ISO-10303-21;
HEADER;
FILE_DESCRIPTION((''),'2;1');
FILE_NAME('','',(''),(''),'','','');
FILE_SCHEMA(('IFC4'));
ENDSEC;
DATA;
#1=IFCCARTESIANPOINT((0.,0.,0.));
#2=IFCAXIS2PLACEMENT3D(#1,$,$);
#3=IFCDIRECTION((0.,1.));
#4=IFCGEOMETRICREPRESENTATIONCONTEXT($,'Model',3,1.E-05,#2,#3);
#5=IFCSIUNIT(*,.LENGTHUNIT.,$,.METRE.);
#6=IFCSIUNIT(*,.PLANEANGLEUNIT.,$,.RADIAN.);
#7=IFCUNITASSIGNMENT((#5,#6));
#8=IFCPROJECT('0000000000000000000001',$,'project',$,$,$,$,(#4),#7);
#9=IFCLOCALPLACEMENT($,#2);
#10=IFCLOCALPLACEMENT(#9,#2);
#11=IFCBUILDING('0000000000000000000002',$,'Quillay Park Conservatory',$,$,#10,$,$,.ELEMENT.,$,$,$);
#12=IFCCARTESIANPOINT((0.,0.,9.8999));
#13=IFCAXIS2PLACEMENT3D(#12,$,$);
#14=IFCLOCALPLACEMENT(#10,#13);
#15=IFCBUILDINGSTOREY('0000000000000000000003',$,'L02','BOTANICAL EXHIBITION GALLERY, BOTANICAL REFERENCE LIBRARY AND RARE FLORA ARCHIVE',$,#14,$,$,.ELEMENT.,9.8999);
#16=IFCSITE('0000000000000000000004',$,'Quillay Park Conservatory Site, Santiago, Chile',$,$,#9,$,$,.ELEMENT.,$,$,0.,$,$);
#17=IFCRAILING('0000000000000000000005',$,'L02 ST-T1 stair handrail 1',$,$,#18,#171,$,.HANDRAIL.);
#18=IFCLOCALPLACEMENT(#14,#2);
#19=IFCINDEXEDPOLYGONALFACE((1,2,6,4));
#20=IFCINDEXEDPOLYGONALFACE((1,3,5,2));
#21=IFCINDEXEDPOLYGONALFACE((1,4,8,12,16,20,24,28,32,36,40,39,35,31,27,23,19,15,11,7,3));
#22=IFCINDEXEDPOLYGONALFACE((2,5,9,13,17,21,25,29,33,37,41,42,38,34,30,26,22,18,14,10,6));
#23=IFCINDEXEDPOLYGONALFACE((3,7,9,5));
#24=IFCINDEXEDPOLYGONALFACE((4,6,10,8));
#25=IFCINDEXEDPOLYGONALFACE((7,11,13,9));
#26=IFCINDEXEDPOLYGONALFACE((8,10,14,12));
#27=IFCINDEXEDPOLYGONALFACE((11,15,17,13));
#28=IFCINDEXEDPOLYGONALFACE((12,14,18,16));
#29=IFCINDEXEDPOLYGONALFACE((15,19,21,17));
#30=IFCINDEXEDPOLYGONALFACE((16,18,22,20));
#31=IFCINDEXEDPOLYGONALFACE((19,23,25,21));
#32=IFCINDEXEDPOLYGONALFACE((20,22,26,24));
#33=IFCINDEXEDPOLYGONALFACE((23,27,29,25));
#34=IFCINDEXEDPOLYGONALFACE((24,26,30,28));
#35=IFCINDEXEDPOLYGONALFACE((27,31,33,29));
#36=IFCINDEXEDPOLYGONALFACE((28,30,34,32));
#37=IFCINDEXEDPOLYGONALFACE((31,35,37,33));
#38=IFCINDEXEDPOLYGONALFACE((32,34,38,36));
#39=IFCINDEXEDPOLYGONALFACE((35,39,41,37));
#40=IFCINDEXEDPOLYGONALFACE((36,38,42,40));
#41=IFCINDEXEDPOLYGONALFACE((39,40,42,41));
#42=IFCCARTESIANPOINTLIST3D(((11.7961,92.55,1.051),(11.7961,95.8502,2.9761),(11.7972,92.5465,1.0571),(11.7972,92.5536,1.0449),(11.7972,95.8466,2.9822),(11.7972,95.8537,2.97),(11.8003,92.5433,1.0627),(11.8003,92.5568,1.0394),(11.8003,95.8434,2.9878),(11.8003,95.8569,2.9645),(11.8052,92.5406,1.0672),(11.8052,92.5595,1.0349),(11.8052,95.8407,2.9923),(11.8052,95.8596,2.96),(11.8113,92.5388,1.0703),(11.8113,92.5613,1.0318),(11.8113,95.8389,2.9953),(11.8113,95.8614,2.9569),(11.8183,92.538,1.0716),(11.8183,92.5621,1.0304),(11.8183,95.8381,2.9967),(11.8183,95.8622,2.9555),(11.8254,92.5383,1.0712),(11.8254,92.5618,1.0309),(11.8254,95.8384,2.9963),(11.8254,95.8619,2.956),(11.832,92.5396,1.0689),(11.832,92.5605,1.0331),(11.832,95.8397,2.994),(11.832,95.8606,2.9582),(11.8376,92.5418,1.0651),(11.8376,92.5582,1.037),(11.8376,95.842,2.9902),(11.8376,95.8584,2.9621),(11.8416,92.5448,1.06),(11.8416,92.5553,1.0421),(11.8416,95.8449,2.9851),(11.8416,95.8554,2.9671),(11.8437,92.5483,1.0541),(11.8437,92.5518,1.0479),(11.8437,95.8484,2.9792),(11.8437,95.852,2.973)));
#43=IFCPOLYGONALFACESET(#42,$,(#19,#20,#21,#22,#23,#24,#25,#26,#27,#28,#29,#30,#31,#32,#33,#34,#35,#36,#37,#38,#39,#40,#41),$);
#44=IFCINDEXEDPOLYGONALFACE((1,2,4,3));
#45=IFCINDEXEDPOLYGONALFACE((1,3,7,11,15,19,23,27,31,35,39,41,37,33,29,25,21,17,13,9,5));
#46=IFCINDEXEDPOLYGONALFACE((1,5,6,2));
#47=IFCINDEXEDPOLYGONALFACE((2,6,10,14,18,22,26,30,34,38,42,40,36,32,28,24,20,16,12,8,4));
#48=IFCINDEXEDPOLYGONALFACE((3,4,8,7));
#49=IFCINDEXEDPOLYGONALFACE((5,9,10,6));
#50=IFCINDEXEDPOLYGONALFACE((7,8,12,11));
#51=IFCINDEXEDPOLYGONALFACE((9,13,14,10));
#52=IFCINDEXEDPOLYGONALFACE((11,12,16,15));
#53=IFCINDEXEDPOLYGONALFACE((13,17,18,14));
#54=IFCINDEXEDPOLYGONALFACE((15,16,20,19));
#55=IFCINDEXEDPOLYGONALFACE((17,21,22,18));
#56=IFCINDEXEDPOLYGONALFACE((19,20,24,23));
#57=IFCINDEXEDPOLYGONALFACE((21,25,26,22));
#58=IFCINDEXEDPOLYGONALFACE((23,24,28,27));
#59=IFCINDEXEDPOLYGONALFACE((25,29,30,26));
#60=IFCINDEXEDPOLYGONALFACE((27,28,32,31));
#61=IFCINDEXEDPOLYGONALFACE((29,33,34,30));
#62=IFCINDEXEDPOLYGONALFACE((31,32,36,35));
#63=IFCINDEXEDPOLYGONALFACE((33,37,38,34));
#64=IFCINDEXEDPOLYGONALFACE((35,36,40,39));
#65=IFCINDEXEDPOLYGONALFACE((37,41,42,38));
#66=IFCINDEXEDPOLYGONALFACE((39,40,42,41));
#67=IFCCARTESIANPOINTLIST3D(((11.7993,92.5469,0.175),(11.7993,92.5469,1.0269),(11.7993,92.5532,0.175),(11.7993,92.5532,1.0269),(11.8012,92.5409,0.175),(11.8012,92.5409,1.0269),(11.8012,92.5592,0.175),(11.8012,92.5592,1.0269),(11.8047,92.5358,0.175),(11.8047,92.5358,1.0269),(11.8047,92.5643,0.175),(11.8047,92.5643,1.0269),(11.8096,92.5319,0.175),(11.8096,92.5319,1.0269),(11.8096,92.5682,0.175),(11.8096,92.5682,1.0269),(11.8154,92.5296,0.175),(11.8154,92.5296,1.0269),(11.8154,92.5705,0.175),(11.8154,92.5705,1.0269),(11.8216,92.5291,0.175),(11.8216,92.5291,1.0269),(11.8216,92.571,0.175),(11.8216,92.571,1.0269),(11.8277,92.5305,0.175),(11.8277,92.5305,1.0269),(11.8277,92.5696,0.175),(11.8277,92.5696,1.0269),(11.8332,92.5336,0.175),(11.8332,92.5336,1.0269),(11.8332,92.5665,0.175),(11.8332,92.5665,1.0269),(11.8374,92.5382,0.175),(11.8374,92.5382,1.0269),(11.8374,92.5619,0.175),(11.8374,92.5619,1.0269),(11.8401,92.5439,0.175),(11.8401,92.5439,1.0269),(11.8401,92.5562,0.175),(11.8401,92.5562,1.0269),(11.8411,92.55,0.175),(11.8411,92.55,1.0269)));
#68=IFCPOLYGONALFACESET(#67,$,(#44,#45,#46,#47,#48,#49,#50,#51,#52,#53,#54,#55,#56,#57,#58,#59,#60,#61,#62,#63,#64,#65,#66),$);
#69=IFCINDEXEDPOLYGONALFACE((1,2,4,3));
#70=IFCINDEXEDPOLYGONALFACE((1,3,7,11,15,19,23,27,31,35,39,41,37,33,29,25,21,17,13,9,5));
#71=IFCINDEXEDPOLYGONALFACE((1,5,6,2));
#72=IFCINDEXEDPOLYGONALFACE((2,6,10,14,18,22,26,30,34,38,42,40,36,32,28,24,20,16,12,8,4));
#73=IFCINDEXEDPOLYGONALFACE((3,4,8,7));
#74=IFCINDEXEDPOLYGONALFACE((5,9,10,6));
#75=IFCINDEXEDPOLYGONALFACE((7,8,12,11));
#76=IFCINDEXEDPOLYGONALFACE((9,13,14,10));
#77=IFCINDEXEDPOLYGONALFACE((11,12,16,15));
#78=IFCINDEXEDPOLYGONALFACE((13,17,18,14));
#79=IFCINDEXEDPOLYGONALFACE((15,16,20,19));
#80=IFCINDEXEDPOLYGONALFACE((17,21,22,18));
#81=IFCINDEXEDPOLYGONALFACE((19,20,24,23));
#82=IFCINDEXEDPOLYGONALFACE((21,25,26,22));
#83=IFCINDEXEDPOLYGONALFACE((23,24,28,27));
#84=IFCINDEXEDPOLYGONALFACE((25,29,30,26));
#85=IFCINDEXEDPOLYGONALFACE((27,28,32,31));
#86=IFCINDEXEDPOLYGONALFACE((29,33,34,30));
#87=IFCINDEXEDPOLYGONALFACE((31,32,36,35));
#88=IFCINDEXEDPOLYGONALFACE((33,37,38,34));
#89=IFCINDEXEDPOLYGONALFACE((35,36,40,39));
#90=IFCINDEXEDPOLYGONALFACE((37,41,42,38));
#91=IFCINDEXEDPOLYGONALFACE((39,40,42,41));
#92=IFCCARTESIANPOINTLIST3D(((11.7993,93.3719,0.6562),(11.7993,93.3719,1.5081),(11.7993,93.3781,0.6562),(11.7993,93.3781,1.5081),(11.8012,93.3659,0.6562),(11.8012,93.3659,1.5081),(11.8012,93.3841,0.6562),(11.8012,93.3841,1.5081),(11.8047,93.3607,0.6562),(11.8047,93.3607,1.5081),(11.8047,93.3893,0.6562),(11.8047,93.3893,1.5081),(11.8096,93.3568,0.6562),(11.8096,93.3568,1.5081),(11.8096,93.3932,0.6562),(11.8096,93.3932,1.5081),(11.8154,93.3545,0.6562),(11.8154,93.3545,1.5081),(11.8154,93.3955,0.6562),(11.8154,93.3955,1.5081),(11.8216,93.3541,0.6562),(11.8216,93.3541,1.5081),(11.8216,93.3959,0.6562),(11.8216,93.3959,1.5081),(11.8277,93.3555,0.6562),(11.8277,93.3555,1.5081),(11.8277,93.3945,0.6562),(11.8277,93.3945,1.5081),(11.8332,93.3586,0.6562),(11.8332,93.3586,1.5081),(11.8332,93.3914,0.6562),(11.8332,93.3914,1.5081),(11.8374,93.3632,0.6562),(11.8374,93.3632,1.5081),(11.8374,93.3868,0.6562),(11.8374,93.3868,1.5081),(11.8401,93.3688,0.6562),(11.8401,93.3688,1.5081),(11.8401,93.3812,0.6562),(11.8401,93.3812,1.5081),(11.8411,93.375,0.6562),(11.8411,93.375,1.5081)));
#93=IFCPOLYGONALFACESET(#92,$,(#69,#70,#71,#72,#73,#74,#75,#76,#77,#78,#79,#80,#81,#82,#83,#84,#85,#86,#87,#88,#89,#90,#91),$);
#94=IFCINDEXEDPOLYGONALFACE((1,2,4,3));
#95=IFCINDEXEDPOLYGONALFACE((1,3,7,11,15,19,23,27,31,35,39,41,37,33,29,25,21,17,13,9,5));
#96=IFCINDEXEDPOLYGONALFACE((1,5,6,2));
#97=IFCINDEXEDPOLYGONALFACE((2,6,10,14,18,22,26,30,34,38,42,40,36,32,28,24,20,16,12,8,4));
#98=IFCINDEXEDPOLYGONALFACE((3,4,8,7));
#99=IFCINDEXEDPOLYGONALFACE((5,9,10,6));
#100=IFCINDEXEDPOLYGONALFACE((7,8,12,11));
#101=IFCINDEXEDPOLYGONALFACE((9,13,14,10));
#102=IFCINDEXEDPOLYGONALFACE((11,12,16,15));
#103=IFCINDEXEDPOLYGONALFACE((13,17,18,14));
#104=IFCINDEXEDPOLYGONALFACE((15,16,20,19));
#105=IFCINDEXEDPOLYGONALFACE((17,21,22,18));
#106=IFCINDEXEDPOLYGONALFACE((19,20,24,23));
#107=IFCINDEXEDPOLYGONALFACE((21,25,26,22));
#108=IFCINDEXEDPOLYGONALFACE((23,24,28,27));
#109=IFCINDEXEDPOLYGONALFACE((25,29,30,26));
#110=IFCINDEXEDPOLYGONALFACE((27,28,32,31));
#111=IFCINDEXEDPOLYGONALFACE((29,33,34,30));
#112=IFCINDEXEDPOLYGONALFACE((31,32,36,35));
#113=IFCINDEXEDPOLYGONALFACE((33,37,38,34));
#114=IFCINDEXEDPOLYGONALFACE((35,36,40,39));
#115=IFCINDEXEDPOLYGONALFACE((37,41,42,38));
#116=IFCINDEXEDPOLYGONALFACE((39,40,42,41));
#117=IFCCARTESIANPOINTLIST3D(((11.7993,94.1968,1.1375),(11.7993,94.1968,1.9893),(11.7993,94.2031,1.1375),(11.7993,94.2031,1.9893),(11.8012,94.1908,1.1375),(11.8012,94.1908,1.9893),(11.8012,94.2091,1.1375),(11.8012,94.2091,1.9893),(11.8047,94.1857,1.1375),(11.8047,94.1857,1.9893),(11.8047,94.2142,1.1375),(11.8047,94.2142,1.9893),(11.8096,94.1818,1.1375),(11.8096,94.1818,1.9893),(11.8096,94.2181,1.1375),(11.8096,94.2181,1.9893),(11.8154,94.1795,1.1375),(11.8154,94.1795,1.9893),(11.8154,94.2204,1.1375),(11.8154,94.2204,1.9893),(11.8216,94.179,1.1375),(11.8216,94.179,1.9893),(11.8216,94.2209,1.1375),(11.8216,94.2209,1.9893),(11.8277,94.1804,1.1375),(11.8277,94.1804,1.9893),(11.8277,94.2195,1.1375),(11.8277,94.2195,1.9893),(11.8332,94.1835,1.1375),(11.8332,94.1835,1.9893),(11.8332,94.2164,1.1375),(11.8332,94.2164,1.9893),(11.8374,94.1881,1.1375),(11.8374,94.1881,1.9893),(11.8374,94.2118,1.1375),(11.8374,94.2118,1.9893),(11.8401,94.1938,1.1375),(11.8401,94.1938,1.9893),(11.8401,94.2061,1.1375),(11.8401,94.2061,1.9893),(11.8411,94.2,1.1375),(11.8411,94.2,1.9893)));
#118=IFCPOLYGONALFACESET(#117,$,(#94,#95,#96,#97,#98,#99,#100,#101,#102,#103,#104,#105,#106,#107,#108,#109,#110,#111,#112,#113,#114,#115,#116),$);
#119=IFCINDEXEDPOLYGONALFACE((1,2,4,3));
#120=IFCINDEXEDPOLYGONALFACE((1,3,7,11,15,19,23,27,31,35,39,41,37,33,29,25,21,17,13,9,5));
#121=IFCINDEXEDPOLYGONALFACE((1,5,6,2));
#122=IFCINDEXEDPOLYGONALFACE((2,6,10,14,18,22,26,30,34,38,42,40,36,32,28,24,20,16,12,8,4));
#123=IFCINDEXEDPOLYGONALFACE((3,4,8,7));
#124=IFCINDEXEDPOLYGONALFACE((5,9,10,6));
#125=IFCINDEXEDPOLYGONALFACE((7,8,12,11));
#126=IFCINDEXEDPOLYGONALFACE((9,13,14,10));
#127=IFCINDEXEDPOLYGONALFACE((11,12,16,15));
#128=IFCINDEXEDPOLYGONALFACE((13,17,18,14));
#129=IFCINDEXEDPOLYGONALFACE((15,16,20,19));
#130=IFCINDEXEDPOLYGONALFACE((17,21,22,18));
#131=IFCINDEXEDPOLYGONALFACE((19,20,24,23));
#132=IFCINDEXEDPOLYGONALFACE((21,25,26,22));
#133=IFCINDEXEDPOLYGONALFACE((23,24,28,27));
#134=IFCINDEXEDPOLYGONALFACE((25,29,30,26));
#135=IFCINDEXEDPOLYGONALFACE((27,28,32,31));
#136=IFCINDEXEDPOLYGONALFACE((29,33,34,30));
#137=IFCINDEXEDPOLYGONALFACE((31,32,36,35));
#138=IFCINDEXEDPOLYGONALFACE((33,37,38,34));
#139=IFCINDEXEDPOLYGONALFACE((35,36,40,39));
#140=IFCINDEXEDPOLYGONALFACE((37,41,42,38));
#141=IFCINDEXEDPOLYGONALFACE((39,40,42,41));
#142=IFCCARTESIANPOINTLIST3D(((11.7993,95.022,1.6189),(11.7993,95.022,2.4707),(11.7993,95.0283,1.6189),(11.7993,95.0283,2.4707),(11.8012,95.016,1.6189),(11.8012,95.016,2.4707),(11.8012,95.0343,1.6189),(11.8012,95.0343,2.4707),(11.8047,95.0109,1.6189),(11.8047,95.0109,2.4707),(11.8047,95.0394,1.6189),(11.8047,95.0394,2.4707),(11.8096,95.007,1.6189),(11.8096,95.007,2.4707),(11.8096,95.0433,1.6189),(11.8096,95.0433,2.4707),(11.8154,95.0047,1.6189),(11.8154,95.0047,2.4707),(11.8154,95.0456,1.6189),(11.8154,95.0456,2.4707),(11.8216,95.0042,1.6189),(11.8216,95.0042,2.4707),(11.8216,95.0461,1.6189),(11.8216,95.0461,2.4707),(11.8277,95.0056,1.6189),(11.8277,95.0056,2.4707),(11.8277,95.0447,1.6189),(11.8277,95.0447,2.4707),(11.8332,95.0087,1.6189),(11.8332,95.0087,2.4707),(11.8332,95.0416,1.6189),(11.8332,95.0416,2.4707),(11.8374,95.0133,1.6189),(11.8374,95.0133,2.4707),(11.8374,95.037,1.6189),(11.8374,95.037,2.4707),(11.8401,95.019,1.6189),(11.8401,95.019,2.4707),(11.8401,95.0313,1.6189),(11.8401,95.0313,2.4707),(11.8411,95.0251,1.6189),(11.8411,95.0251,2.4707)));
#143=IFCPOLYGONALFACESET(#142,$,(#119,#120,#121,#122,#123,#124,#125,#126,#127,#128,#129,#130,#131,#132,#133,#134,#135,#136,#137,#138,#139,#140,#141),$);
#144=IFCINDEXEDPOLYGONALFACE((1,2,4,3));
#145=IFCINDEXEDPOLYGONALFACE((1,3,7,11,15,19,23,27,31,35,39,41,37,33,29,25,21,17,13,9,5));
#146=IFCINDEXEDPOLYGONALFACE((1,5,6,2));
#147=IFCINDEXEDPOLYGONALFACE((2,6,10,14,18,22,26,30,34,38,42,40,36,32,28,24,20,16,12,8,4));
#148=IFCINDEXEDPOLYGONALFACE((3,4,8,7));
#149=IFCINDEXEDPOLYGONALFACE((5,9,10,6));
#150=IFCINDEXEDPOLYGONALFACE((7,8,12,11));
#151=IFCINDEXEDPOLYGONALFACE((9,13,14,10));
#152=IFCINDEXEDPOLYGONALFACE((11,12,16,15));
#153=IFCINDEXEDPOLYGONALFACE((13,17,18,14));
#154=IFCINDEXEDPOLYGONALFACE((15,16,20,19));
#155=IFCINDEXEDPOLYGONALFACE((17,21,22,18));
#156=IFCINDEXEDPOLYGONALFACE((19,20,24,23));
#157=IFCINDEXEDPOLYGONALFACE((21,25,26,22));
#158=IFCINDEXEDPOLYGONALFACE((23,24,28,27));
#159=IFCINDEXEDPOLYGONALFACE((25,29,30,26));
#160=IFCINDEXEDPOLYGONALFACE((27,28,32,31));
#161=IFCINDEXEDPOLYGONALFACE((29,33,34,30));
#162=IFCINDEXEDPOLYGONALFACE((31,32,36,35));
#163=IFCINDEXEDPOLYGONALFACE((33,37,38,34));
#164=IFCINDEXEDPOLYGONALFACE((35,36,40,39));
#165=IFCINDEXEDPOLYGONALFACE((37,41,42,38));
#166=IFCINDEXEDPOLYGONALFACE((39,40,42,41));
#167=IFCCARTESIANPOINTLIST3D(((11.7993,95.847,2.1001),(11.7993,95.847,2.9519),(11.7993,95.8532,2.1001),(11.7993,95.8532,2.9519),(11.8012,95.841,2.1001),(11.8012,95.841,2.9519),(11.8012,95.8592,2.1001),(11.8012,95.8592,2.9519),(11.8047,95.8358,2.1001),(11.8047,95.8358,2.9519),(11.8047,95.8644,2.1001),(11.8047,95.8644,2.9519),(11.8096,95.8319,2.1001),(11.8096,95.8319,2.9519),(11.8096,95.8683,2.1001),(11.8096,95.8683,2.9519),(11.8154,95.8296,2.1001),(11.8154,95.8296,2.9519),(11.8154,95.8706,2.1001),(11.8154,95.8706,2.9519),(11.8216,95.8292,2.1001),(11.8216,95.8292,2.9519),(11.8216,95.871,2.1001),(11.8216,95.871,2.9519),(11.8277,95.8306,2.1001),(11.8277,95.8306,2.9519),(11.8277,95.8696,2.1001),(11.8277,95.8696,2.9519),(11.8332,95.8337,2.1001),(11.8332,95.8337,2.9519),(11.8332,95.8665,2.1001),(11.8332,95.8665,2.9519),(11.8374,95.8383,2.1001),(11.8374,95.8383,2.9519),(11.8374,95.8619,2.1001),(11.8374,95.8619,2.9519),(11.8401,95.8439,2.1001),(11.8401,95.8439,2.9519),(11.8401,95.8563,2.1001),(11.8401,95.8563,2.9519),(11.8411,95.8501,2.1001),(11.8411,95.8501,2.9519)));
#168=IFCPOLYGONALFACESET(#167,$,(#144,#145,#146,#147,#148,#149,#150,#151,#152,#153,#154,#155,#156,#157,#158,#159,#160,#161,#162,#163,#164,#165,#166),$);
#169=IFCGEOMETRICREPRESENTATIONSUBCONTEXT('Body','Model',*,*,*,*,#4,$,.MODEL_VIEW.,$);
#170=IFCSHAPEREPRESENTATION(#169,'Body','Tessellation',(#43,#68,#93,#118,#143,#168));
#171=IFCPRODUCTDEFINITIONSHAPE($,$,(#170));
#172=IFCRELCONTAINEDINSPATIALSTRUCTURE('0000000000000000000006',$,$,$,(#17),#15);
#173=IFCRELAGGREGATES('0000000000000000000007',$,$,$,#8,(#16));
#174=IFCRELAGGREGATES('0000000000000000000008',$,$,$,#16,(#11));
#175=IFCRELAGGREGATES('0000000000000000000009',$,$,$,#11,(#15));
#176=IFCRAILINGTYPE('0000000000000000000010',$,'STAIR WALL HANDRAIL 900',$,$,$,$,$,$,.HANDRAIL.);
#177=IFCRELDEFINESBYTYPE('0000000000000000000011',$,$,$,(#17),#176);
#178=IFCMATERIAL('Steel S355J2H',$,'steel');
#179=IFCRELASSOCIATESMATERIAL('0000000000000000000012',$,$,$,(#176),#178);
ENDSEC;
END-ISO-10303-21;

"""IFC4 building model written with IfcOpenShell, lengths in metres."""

from ifc_helpers import new_model, si_unit, direction, frame, origin, origin_2d, place, context, subcontext, project, spatial, circle, extrude, material, type_object, element, save


model = new_model("IFC4")

# Units and contexts
model_context = context("Model", 3, precision=1e-05, world=origin(), true_north=direction((0.0, 1.0)))
body_context = subcontext(model_context, "Body", "Model", "MODEL_VIEW")
ifc_project = project(units=[si_unit("LENGTHUNIT", "METRE"), si_unit("PLANEANGLEUNIT", "RADIAN")], contexts=[model_context])

# Site, building, storey
site_placement = place(None, origin())
site = spatial("IfcSite", under=ifc_project, at=site_placement, Name="Quillay Park Conservatory Site, Santiago, Chile", CompositionType="ELEMENT", RefElevation=0.0)
building_placement = place(site_placement, origin())
building = spatial("IfcBuilding", under=site, at=building_placement, Name="Quillay Park Conservatory", CompositionType="ELEMENT")
storey_placement = place(building_placement, frame((0.0, 0.0, 9.8999)))
storey = spatial("IfcBuildingStorey", under=building, at=storey_placement, Name="L02", Description="BOTANICAL EXHIBITION GALLERY, BOTANICAL REFERENCE LIBRARY AND RARE FLORA ARCHIVE", CompositionType="ELEMENT", Elevation=9.8999)

# Railing
ifc_material_1 = material(Name="Steel S355J2H", Category="steel")
railing_type_1 = type_object("IfcRailingType", Name="STAIR WALL HANDRAIL 900", PredefinedType="HANDRAIL", material=ifc_material_1)
railing_1_placement = place(storey_placement, frame((11.8201, 92.55, 0.175)))
element("IfcRailing", 1, at=railing_1_placement, inside=storey, type_object=railing_type_1, Name="L02 ST-T1 stair handrail 1", PredefinedType="HANDRAIL", context=body_context, shape_type="SweptSolid", body=[
    extrude(circle(Radius=0.0239, at=origin_2d()), frame((0.0, 0.0, 0.876), z_axis=(0.0, 0.863777, 0.503875), x_axis=(-1.0, 0.0, 0.0)), (0.0, 0.0, 1.0), 3.8206),
    extrude(circle(Radius=0.021, at=origin_2d()), origin(), (0.0, 0.0, 1.0), 0.8518),
    extrude(circle(Radius=0.021, at=origin_2d()), frame((0.0, 0.825, 0.4812)), (0.0, 0.0, 1.0), 0.8518),
    extrude(circle(Radius=0.021, at=origin_2d()), frame((0.0, 1.6499, 0.9624)), (0.0, 0.0, 1.0), 0.8518),
    extrude(circle(Radius=0.021, at=origin_2d()), frame((0.0, 2.4751, 1.4438)), (0.0, 0.0, 1.0), 0.8518),
    extrude(circle(Radius=0.021, at=origin_2d()), frame((0.0, 3.3, 1.925)), (0.0, 0.0, 1.0), 0.8518),
])

save(model, "model.ifc")
